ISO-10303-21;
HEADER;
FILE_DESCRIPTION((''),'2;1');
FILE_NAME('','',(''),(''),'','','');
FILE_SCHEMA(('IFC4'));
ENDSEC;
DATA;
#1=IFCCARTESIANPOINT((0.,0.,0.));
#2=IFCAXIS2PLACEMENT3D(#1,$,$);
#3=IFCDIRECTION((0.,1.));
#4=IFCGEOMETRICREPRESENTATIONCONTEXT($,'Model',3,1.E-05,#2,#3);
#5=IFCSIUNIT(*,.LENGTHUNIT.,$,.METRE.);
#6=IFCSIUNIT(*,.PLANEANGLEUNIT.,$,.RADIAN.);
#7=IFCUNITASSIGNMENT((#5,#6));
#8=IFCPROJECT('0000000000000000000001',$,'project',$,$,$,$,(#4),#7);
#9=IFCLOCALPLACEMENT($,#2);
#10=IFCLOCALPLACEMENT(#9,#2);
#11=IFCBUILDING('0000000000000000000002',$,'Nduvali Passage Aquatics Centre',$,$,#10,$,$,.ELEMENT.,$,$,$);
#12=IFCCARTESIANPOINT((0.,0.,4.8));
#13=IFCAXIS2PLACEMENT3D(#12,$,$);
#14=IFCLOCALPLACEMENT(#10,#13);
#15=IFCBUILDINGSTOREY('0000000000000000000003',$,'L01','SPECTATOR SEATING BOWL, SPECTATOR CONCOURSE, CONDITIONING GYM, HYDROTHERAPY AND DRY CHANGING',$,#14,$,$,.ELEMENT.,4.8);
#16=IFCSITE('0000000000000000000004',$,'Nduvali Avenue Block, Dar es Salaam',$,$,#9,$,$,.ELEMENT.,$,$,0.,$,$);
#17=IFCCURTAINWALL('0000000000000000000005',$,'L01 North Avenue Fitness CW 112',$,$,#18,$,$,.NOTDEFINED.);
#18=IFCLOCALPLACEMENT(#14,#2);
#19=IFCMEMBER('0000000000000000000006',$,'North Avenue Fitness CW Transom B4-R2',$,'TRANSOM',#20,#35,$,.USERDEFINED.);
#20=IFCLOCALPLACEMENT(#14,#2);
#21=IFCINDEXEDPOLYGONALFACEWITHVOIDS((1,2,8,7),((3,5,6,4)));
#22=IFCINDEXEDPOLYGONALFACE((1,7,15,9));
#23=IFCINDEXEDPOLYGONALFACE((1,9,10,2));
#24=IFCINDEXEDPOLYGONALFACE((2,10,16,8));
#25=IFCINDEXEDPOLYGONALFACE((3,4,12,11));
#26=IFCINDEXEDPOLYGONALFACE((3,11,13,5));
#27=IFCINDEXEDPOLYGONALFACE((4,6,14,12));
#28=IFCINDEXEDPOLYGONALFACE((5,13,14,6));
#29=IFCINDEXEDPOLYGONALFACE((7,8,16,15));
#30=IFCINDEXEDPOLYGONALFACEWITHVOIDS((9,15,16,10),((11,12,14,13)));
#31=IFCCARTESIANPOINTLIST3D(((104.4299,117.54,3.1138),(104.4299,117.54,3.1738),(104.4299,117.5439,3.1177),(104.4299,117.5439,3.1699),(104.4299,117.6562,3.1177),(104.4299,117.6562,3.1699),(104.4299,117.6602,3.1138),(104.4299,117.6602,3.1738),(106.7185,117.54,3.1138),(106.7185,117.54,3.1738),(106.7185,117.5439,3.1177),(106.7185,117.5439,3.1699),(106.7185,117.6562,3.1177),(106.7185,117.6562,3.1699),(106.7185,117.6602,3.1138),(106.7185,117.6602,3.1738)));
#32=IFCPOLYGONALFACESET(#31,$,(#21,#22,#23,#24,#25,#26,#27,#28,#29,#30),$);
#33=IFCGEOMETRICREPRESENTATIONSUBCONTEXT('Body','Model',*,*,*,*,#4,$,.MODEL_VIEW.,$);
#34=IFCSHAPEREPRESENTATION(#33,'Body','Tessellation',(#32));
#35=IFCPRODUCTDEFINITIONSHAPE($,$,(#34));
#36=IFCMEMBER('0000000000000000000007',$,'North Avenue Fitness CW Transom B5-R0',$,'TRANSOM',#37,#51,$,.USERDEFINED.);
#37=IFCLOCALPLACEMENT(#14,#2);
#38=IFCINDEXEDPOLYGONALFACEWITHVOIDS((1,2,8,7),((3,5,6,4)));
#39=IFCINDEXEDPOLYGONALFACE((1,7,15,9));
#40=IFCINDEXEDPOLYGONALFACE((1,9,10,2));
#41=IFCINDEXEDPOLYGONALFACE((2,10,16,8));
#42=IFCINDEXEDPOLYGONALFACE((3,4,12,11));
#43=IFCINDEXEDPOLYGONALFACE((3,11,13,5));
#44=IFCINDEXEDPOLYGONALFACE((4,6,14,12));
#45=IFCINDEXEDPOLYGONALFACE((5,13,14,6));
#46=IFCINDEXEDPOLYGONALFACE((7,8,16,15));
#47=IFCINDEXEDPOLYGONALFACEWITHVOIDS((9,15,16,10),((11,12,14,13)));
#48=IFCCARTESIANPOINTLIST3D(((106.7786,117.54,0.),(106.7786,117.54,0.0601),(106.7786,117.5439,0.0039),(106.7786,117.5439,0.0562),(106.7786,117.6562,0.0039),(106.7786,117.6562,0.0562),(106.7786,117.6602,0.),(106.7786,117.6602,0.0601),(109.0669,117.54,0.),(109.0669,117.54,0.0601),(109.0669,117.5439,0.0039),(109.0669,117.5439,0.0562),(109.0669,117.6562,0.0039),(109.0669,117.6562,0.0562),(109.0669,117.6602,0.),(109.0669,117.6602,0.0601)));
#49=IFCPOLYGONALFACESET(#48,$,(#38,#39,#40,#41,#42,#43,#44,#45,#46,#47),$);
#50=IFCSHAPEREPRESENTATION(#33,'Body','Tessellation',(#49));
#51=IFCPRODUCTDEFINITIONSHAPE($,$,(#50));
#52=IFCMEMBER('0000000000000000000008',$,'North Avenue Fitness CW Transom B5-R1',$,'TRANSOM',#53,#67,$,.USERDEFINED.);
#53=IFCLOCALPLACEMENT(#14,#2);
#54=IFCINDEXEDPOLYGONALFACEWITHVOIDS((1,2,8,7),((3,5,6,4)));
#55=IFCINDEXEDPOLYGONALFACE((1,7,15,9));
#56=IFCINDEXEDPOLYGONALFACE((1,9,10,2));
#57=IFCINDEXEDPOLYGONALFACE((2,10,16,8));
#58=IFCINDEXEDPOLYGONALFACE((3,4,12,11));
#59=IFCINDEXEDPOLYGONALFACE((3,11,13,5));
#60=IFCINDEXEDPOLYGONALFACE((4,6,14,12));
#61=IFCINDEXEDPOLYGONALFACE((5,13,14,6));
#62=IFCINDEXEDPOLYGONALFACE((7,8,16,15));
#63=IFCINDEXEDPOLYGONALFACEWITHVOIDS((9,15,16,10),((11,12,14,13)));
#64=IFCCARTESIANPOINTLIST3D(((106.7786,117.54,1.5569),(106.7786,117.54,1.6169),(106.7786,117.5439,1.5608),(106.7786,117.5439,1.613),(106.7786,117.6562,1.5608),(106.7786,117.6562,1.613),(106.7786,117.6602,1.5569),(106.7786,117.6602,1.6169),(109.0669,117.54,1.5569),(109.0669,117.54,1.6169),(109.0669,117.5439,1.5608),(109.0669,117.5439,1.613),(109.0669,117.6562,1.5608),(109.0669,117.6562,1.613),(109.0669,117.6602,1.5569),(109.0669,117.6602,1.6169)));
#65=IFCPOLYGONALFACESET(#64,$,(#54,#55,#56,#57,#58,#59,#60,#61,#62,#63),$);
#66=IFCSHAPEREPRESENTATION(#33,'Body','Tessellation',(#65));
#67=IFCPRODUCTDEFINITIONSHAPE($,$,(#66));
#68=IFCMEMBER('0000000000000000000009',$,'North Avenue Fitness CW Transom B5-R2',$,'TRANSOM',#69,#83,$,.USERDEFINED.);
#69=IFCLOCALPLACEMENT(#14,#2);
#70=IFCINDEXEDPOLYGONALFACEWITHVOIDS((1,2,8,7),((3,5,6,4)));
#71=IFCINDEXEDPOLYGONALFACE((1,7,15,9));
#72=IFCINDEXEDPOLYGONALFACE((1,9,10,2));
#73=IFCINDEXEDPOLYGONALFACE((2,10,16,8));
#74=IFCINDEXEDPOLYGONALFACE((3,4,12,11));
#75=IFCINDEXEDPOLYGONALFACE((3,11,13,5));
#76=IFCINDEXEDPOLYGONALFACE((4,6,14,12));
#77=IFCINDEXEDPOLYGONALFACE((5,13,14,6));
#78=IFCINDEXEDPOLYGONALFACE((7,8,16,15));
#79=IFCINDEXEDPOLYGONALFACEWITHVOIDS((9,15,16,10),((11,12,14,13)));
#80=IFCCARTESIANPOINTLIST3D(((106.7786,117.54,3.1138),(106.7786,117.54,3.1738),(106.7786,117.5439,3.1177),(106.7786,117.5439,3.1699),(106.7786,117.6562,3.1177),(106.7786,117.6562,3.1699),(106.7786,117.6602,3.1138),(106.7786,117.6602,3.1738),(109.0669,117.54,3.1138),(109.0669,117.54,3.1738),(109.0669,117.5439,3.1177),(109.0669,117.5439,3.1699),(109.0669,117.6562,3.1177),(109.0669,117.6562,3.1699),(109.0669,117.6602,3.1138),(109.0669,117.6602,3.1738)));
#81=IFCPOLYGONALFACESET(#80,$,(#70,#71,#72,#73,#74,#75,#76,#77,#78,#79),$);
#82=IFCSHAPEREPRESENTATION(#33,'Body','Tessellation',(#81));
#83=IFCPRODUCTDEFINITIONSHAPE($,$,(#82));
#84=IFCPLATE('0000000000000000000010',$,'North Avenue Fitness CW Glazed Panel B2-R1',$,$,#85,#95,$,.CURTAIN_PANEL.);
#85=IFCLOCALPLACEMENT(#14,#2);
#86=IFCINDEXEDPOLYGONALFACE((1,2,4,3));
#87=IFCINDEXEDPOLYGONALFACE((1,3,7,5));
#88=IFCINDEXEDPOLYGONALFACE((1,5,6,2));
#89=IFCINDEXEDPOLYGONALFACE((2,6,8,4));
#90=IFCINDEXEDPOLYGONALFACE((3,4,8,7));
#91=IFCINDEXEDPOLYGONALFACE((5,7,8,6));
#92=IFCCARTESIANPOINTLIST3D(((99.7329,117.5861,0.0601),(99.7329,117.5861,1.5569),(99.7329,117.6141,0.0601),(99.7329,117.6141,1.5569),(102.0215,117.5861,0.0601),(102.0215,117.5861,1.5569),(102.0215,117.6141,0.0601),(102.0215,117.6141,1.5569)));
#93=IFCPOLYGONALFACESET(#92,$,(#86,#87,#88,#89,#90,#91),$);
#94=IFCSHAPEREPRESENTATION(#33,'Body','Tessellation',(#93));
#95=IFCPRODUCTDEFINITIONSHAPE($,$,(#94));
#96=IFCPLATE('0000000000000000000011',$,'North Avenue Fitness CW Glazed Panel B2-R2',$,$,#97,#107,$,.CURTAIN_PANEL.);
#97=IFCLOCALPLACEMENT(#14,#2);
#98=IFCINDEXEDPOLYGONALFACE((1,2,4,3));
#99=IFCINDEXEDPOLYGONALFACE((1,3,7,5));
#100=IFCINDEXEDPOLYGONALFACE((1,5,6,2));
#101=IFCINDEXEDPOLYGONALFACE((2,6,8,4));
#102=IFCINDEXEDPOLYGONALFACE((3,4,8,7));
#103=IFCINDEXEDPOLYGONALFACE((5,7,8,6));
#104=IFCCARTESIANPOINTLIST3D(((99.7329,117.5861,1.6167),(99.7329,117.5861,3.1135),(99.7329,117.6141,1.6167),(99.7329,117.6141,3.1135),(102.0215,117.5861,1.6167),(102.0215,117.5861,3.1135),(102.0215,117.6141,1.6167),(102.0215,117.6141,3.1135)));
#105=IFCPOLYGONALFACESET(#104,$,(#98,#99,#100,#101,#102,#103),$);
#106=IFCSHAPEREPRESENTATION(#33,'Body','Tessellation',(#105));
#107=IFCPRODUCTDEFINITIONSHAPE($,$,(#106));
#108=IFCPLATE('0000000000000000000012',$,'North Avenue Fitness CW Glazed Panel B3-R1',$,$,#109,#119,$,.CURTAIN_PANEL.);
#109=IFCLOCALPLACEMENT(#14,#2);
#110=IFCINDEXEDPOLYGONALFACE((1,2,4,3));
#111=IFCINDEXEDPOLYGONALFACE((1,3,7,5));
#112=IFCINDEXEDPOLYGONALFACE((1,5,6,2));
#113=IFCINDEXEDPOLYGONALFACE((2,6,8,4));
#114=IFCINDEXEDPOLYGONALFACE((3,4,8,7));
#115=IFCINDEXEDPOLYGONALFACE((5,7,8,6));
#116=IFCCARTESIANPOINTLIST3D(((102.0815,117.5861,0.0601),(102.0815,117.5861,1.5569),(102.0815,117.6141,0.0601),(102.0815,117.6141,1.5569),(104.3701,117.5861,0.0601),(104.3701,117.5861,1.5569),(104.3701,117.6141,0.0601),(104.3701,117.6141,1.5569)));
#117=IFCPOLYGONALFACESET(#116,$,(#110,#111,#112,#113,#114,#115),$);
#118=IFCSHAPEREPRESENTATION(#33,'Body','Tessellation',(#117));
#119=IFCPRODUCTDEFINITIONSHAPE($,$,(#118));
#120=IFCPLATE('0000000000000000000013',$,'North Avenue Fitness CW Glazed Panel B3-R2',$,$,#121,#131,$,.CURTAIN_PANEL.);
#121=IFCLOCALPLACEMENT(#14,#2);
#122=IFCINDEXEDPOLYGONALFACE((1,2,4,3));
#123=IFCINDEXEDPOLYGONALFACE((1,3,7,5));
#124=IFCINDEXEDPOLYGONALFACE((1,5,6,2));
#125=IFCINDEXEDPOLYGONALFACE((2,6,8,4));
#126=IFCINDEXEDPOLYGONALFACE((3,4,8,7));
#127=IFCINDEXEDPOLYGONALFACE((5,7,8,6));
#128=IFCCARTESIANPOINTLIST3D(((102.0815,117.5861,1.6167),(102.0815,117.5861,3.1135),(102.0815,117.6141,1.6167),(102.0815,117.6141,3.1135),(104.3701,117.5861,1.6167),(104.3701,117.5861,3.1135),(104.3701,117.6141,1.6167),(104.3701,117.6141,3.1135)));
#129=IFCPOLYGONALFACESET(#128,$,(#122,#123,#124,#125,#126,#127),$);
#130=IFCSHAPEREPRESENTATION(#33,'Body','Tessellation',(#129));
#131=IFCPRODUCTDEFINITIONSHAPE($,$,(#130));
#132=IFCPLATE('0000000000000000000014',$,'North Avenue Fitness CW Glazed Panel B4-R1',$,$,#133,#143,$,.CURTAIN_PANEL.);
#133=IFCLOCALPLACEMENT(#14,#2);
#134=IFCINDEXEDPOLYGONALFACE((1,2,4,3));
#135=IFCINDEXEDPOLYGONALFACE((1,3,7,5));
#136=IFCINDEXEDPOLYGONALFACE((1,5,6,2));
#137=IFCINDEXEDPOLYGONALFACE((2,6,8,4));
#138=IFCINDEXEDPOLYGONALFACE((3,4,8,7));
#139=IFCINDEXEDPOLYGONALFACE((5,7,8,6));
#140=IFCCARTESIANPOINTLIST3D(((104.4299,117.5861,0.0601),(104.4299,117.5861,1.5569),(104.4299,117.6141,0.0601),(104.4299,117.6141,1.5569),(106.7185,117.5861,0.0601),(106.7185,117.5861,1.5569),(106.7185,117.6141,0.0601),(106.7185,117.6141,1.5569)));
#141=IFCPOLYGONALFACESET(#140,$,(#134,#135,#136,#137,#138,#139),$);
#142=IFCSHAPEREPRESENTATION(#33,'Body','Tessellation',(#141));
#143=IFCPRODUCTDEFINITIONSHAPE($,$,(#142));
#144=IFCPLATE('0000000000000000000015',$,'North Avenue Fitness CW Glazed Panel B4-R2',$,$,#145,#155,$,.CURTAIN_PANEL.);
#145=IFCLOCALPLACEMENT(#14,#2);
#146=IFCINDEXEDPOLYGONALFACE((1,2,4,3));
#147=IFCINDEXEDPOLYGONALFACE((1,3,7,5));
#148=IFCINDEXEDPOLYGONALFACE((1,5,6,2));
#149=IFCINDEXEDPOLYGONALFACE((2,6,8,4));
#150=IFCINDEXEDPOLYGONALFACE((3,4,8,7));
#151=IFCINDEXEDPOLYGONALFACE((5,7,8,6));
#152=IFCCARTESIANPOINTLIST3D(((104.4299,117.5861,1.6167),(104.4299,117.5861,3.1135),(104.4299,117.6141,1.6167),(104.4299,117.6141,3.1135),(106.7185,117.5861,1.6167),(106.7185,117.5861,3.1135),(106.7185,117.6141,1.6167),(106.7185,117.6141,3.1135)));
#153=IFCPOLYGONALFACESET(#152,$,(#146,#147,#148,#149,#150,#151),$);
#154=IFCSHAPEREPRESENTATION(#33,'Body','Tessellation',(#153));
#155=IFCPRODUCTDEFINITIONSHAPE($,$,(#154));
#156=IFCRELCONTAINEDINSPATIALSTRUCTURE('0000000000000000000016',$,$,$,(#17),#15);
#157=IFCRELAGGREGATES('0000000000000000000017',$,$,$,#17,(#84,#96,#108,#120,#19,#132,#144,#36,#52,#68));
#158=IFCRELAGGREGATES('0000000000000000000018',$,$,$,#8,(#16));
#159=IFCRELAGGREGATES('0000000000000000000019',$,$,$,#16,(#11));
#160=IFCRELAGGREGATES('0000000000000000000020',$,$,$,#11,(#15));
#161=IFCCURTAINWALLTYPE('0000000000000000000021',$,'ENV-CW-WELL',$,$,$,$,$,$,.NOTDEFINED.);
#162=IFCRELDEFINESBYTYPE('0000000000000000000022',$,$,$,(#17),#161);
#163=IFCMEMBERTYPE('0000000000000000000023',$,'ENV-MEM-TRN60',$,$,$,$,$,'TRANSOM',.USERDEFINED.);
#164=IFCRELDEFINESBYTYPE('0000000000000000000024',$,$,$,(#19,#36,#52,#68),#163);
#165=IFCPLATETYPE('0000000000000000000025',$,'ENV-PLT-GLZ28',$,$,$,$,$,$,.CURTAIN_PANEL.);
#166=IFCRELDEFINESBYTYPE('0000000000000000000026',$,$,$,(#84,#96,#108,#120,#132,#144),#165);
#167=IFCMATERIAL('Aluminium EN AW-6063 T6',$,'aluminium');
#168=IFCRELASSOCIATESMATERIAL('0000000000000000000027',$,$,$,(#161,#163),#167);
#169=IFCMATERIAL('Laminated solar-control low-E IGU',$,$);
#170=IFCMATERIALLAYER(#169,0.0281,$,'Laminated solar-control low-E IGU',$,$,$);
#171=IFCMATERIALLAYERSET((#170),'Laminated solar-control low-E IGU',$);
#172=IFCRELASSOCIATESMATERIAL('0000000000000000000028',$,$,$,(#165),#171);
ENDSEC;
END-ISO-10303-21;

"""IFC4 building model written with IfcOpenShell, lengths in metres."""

from ifc_helpers import new_model, si_unit, direction, frame, origin, origin_2d, place, context, subcontext, project, spatial, rectangle, hollow_rectangle, extrude, material, layer, layer_set, material_profile, profile_set, type_object, element, aggregate, save


model = new_model("IFC4")

# Units and contexts
model_context = context("Model", 3, precision=1e-05, world=origin(), true_north=direction((0.0, 1.0)))
body_context = subcontext(model_context, "Body", "Model", "MODEL_VIEW")
ifc_project = project(units=[si_unit("LENGTHUNIT", "METRE"), si_unit("PLANEANGLEUNIT", "RADIAN")], contexts=[model_context])

# Site, building, storey
site_placement = place(None, origin())
site = spatial("IfcSite", under=ifc_project, at=site_placement, Name="Nduvali Avenue Block, Dar es Salaam", CompositionType="ELEMENT", RefElevation=0.0)
building_placement = place(site_placement, origin())
building = spatial("IfcBuilding", under=site, at=building_placement, Name="Nduvali Passage Aquatics Centre", CompositionType="ELEMENT")
storey_placement = place(building_placement, frame((0.0, 0.0, 4.8)))
storey = spatial("IfcBuildingStorey", under=building, at=storey_placement, Name="L01", Description="SPECTATOR SEATING BOWL, SPECTATOR CONCOURSE, CONDITIONING GYM, HYDROTHERAPY AND DRY CHANGING", CompositionType="ELEMENT", Elevation=4.8)

# Curtain wall, members, plates
ifc_material_1 = material(Name="Aluminium EN AW-6063 T6", Category="aluminium")
curtain_wall_type = type_object("IfcCurtainWallType", Name="ENV-CW-WELL", PredefinedType="NOTDEFINED", material=ifc_material_1)
curtain_wall_placement = place(storey_placement, origin())
curtain_wall = element("IfcCurtainWall", 1, at=curtain_wall_placement, inside=storey, type_object=curtain_wall_type, Name="L01 North Avenue Fitness CW 112", PredefinedType="NOTDEFINED")
ifc_material_profile_1 = material_profile(ifc_material_1, hollow_rectangle(XDim=0.1201, YDim=0.0601, WallThickness=0.0039, at=origin_2d()), Name="ALU TRANSOM 120x60x4")
ifc_profile_set_1 = profile_set([ifc_material_profile_1], Name="Aluminium EN AW-6063 T6")
member_type_1 = type_object("IfcMemberType", Name="ENV-MEM-TRN60", ElementType="TRANSOM", PredefinedType="USERDEFINED", material=ifc_profile_set_1)
member_1_placement = place(storey_placement, frame((104.4299, 117.6001, 3.1438), z_axis=(1.0, 0.0, 0.0), x_axis=(0.0, 1.0, 0.0)))
member_1 = element("IfcMember", 2, at=member_1_placement, type_object=member_type_1, Name="North Avenue Fitness CW Transom B4-R2", ObjectType="TRANSOM", PredefinedType="USERDEFINED", context=body_context, shape_type="SweptSolid", body=[
    extrude(hollow_rectangle(XDim=0.1201, YDim=0.0601, WallThickness=0.0039, at=origin_2d()), origin(), (0.0, 0.0, 1.0), 2.2886),
])
member_2_placement = place(storey_placement, frame((106.7786, 117.6001, 0.03), z_axis=(1.0, 0.0, 0.0), x_axis=(0.0, 1.0, 0.0)))
member_2 = element("IfcMember", 3, at=member_2_placement, type_object=member_type_1, Name="North Avenue Fitness CW Transom B5-R0", ObjectType="TRANSOM", PredefinedType="USERDEFINED", context=body_context, shape_type="SweptSolid", body=[
    extrude(hollow_rectangle(XDim=0.1201, YDim=0.0601, WallThickness=0.0039, at=origin_2d()), origin(), (0.0, 0.0, 1.0), 2.2883),
])
member_3_placement = place(storey_placement, frame((106.7786, 117.6001, 1.5869), z_axis=(1.0, 0.0, 0.0), x_axis=(0.0, 1.0, 0.0)))
member_3 = element("IfcMember", 4, at=member_3_placement, type_object=member_type_1, Name="North Avenue Fitness CW Transom B5-R1", ObjectType="TRANSOM", PredefinedType="USERDEFINED", context=body_context, shape_type="SweptSolid", body=[
    extrude(hollow_rectangle(XDim=0.1201, YDim=0.0601, WallThickness=0.0039, at=origin_2d()), origin(), (0.0, 0.0, 1.0), 2.2883),
])
member_4_placement = place(storey_placement, frame((106.7786, 117.6001, 3.1438), z_axis=(1.0, 0.0, 0.0), x_axis=(0.0, 1.0, 0.0)))
member_4 = element("IfcMember", 5, at=member_4_placement, type_object=member_type_1, Name="North Avenue Fitness CW Transom B5-R2", ObjectType="TRANSOM", PredefinedType="USERDEFINED", context=body_context, shape_type="SweptSolid", body=[
    extrude(hollow_rectangle(XDim=0.1201, YDim=0.0601, WallThickness=0.0039, at=origin_2d()), origin(), (0.0, 0.0, 1.0), 2.2883),
])
ifc_material_2 = material(Name="Laminated solar-control low-E IGU")
ifc_layer = layer(ifc_material_2, 0.0281, Name="Laminated solar-control low-E IGU")
ifc_layer_set = layer_set([ifc_layer], Name="Laminated solar-control low-E IGU")
plate_type = type_object("IfcPlateType", Name="ENV-PLT-GLZ28", PredefinedType="CURTAIN_PANEL", material=ifc_layer_set)
plate_1_placement = place(storey_placement, frame((100.8772, 117.6001, 0.0601), z_axis=(0.0, 0.0, 1.0), x_axis=(1.0, 0.0, 0.0)))
plate_1 = element("IfcPlate", 6, at=plate_1_placement, type_object=plate_type, Name="North Avenue Fitness CW Glazed Panel B2-R1", PredefinedType="CURTAIN_PANEL", context=body_context, shape_type="SweptSolid", body=[
    extrude(rectangle(XDim=2.2886, YDim=0.0281, at=origin_2d()), origin(), (0.0, 0.0, 1.0), 1.4968),
])
plate_2_placement = place(storey_placement, frame((100.8772, 117.6001, 1.6167), z_axis=(0.0, 0.0, 1.0), x_axis=(1.0, 0.0, 0.0)))
plate_2 = element("IfcPlate", 7, at=plate_2_placement, type_object=plate_type, Name="North Avenue Fitness CW Glazed Panel B2-R2", PredefinedType="CURTAIN_PANEL", context=body_context, shape_type="SweptSolid", body=[
    extrude(rectangle(XDim=2.2886, YDim=0.0281, at=origin_2d()), origin(), (0.0, 0.0, 1.0), 1.4968),
])
plate_3_placement = place(storey_placement, frame((103.2258, 117.6001, 0.0601), z_axis=(0.0, 0.0, 1.0), x_axis=(1.0, 0.0, 0.0)))
plate_3 = element("IfcPlate", 8, at=plate_3_placement, type_object=plate_type, Name="North Avenue Fitness CW Glazed Panel B3-R1", PredefinedType="CURTAIN_PANEL", context=body_context, shape_type="SweptSolid", body=[
    extrude(rectangle(XDim=2.2886, YDim=0.0281, at=origin_2d()), origin(), (0.0, 0.0, 1.0), 1.4968),
])
plate_4_placement = place(storey_placement, frame((103.2258, 117.6001, 1.6167), z_axis=(0.0, 0.0, 1.0), x_axis=(1.0, 0.0, 0.0)))
plate_4 = element("IfcPlate", 9, at=plate_4_placement, type_object=plate_type, Name="North Avenue Fitness CW Glazed Panel B3-R2", PredefinedType="CURTAIN_PANEL", context=body_context, shape_type="SweptSolid", body=[
    extrude(rectangle(XDim=2.2886, YDim=0.0281, at=origin_2d()), origin(), (0.0, 0.0, 1.0), 1.4968),
])
plate_5_placement = place(storey_placement, frame((105.5742, 117.6001, 0.0601), z_axis=(0.0, 0.0, 1.0), x_axis=(1.0, 0.0, 0.0)))
plate_5 = element("IfcPlate", 10, at=plate_5_placement, type_object=plate_type, Name="North Avenue Fitness CW Glazed Panel B4-R1", PredefinedType="CURTAIN_PANEL", context=body_context, shape_type="SweptSolid", body=[
    extrude(rectangle(XDim=2.2886, YDim=0.0281, at=origin_2d()), origin(), (0.0, 0.0, 1.0), 1.4968),
])
plate_6_placement = place(storey_placement, frame((105.5742, 117.6001, 1.6167), z_axis=(0.0, 0.0, 1.0), x_axis=(1.0, 0.0, 0.0)))
plate_6 = element("IfcPlate", 11, at=plate_6_placement, type_object=plate_type, Name="North Avenue Fitness CW Glazed Panel B4-R2", PredefinedType="CURTAIN_PANEL", context=body_context, shape_type="SweptSolid", body=[
    extrude(rectangle(XDim=2.2886, YDim=0.0281, at=origin_2d()), origin(), (0.0, 0.0, 1.0), 1.4968),
])
aggregate(curtain_wall, [plate_1, plate_2, plate_3, plate_4, member_1, plate_5, plate_6, member_2, member_3, member_4])

save(model, "model.ifc")
